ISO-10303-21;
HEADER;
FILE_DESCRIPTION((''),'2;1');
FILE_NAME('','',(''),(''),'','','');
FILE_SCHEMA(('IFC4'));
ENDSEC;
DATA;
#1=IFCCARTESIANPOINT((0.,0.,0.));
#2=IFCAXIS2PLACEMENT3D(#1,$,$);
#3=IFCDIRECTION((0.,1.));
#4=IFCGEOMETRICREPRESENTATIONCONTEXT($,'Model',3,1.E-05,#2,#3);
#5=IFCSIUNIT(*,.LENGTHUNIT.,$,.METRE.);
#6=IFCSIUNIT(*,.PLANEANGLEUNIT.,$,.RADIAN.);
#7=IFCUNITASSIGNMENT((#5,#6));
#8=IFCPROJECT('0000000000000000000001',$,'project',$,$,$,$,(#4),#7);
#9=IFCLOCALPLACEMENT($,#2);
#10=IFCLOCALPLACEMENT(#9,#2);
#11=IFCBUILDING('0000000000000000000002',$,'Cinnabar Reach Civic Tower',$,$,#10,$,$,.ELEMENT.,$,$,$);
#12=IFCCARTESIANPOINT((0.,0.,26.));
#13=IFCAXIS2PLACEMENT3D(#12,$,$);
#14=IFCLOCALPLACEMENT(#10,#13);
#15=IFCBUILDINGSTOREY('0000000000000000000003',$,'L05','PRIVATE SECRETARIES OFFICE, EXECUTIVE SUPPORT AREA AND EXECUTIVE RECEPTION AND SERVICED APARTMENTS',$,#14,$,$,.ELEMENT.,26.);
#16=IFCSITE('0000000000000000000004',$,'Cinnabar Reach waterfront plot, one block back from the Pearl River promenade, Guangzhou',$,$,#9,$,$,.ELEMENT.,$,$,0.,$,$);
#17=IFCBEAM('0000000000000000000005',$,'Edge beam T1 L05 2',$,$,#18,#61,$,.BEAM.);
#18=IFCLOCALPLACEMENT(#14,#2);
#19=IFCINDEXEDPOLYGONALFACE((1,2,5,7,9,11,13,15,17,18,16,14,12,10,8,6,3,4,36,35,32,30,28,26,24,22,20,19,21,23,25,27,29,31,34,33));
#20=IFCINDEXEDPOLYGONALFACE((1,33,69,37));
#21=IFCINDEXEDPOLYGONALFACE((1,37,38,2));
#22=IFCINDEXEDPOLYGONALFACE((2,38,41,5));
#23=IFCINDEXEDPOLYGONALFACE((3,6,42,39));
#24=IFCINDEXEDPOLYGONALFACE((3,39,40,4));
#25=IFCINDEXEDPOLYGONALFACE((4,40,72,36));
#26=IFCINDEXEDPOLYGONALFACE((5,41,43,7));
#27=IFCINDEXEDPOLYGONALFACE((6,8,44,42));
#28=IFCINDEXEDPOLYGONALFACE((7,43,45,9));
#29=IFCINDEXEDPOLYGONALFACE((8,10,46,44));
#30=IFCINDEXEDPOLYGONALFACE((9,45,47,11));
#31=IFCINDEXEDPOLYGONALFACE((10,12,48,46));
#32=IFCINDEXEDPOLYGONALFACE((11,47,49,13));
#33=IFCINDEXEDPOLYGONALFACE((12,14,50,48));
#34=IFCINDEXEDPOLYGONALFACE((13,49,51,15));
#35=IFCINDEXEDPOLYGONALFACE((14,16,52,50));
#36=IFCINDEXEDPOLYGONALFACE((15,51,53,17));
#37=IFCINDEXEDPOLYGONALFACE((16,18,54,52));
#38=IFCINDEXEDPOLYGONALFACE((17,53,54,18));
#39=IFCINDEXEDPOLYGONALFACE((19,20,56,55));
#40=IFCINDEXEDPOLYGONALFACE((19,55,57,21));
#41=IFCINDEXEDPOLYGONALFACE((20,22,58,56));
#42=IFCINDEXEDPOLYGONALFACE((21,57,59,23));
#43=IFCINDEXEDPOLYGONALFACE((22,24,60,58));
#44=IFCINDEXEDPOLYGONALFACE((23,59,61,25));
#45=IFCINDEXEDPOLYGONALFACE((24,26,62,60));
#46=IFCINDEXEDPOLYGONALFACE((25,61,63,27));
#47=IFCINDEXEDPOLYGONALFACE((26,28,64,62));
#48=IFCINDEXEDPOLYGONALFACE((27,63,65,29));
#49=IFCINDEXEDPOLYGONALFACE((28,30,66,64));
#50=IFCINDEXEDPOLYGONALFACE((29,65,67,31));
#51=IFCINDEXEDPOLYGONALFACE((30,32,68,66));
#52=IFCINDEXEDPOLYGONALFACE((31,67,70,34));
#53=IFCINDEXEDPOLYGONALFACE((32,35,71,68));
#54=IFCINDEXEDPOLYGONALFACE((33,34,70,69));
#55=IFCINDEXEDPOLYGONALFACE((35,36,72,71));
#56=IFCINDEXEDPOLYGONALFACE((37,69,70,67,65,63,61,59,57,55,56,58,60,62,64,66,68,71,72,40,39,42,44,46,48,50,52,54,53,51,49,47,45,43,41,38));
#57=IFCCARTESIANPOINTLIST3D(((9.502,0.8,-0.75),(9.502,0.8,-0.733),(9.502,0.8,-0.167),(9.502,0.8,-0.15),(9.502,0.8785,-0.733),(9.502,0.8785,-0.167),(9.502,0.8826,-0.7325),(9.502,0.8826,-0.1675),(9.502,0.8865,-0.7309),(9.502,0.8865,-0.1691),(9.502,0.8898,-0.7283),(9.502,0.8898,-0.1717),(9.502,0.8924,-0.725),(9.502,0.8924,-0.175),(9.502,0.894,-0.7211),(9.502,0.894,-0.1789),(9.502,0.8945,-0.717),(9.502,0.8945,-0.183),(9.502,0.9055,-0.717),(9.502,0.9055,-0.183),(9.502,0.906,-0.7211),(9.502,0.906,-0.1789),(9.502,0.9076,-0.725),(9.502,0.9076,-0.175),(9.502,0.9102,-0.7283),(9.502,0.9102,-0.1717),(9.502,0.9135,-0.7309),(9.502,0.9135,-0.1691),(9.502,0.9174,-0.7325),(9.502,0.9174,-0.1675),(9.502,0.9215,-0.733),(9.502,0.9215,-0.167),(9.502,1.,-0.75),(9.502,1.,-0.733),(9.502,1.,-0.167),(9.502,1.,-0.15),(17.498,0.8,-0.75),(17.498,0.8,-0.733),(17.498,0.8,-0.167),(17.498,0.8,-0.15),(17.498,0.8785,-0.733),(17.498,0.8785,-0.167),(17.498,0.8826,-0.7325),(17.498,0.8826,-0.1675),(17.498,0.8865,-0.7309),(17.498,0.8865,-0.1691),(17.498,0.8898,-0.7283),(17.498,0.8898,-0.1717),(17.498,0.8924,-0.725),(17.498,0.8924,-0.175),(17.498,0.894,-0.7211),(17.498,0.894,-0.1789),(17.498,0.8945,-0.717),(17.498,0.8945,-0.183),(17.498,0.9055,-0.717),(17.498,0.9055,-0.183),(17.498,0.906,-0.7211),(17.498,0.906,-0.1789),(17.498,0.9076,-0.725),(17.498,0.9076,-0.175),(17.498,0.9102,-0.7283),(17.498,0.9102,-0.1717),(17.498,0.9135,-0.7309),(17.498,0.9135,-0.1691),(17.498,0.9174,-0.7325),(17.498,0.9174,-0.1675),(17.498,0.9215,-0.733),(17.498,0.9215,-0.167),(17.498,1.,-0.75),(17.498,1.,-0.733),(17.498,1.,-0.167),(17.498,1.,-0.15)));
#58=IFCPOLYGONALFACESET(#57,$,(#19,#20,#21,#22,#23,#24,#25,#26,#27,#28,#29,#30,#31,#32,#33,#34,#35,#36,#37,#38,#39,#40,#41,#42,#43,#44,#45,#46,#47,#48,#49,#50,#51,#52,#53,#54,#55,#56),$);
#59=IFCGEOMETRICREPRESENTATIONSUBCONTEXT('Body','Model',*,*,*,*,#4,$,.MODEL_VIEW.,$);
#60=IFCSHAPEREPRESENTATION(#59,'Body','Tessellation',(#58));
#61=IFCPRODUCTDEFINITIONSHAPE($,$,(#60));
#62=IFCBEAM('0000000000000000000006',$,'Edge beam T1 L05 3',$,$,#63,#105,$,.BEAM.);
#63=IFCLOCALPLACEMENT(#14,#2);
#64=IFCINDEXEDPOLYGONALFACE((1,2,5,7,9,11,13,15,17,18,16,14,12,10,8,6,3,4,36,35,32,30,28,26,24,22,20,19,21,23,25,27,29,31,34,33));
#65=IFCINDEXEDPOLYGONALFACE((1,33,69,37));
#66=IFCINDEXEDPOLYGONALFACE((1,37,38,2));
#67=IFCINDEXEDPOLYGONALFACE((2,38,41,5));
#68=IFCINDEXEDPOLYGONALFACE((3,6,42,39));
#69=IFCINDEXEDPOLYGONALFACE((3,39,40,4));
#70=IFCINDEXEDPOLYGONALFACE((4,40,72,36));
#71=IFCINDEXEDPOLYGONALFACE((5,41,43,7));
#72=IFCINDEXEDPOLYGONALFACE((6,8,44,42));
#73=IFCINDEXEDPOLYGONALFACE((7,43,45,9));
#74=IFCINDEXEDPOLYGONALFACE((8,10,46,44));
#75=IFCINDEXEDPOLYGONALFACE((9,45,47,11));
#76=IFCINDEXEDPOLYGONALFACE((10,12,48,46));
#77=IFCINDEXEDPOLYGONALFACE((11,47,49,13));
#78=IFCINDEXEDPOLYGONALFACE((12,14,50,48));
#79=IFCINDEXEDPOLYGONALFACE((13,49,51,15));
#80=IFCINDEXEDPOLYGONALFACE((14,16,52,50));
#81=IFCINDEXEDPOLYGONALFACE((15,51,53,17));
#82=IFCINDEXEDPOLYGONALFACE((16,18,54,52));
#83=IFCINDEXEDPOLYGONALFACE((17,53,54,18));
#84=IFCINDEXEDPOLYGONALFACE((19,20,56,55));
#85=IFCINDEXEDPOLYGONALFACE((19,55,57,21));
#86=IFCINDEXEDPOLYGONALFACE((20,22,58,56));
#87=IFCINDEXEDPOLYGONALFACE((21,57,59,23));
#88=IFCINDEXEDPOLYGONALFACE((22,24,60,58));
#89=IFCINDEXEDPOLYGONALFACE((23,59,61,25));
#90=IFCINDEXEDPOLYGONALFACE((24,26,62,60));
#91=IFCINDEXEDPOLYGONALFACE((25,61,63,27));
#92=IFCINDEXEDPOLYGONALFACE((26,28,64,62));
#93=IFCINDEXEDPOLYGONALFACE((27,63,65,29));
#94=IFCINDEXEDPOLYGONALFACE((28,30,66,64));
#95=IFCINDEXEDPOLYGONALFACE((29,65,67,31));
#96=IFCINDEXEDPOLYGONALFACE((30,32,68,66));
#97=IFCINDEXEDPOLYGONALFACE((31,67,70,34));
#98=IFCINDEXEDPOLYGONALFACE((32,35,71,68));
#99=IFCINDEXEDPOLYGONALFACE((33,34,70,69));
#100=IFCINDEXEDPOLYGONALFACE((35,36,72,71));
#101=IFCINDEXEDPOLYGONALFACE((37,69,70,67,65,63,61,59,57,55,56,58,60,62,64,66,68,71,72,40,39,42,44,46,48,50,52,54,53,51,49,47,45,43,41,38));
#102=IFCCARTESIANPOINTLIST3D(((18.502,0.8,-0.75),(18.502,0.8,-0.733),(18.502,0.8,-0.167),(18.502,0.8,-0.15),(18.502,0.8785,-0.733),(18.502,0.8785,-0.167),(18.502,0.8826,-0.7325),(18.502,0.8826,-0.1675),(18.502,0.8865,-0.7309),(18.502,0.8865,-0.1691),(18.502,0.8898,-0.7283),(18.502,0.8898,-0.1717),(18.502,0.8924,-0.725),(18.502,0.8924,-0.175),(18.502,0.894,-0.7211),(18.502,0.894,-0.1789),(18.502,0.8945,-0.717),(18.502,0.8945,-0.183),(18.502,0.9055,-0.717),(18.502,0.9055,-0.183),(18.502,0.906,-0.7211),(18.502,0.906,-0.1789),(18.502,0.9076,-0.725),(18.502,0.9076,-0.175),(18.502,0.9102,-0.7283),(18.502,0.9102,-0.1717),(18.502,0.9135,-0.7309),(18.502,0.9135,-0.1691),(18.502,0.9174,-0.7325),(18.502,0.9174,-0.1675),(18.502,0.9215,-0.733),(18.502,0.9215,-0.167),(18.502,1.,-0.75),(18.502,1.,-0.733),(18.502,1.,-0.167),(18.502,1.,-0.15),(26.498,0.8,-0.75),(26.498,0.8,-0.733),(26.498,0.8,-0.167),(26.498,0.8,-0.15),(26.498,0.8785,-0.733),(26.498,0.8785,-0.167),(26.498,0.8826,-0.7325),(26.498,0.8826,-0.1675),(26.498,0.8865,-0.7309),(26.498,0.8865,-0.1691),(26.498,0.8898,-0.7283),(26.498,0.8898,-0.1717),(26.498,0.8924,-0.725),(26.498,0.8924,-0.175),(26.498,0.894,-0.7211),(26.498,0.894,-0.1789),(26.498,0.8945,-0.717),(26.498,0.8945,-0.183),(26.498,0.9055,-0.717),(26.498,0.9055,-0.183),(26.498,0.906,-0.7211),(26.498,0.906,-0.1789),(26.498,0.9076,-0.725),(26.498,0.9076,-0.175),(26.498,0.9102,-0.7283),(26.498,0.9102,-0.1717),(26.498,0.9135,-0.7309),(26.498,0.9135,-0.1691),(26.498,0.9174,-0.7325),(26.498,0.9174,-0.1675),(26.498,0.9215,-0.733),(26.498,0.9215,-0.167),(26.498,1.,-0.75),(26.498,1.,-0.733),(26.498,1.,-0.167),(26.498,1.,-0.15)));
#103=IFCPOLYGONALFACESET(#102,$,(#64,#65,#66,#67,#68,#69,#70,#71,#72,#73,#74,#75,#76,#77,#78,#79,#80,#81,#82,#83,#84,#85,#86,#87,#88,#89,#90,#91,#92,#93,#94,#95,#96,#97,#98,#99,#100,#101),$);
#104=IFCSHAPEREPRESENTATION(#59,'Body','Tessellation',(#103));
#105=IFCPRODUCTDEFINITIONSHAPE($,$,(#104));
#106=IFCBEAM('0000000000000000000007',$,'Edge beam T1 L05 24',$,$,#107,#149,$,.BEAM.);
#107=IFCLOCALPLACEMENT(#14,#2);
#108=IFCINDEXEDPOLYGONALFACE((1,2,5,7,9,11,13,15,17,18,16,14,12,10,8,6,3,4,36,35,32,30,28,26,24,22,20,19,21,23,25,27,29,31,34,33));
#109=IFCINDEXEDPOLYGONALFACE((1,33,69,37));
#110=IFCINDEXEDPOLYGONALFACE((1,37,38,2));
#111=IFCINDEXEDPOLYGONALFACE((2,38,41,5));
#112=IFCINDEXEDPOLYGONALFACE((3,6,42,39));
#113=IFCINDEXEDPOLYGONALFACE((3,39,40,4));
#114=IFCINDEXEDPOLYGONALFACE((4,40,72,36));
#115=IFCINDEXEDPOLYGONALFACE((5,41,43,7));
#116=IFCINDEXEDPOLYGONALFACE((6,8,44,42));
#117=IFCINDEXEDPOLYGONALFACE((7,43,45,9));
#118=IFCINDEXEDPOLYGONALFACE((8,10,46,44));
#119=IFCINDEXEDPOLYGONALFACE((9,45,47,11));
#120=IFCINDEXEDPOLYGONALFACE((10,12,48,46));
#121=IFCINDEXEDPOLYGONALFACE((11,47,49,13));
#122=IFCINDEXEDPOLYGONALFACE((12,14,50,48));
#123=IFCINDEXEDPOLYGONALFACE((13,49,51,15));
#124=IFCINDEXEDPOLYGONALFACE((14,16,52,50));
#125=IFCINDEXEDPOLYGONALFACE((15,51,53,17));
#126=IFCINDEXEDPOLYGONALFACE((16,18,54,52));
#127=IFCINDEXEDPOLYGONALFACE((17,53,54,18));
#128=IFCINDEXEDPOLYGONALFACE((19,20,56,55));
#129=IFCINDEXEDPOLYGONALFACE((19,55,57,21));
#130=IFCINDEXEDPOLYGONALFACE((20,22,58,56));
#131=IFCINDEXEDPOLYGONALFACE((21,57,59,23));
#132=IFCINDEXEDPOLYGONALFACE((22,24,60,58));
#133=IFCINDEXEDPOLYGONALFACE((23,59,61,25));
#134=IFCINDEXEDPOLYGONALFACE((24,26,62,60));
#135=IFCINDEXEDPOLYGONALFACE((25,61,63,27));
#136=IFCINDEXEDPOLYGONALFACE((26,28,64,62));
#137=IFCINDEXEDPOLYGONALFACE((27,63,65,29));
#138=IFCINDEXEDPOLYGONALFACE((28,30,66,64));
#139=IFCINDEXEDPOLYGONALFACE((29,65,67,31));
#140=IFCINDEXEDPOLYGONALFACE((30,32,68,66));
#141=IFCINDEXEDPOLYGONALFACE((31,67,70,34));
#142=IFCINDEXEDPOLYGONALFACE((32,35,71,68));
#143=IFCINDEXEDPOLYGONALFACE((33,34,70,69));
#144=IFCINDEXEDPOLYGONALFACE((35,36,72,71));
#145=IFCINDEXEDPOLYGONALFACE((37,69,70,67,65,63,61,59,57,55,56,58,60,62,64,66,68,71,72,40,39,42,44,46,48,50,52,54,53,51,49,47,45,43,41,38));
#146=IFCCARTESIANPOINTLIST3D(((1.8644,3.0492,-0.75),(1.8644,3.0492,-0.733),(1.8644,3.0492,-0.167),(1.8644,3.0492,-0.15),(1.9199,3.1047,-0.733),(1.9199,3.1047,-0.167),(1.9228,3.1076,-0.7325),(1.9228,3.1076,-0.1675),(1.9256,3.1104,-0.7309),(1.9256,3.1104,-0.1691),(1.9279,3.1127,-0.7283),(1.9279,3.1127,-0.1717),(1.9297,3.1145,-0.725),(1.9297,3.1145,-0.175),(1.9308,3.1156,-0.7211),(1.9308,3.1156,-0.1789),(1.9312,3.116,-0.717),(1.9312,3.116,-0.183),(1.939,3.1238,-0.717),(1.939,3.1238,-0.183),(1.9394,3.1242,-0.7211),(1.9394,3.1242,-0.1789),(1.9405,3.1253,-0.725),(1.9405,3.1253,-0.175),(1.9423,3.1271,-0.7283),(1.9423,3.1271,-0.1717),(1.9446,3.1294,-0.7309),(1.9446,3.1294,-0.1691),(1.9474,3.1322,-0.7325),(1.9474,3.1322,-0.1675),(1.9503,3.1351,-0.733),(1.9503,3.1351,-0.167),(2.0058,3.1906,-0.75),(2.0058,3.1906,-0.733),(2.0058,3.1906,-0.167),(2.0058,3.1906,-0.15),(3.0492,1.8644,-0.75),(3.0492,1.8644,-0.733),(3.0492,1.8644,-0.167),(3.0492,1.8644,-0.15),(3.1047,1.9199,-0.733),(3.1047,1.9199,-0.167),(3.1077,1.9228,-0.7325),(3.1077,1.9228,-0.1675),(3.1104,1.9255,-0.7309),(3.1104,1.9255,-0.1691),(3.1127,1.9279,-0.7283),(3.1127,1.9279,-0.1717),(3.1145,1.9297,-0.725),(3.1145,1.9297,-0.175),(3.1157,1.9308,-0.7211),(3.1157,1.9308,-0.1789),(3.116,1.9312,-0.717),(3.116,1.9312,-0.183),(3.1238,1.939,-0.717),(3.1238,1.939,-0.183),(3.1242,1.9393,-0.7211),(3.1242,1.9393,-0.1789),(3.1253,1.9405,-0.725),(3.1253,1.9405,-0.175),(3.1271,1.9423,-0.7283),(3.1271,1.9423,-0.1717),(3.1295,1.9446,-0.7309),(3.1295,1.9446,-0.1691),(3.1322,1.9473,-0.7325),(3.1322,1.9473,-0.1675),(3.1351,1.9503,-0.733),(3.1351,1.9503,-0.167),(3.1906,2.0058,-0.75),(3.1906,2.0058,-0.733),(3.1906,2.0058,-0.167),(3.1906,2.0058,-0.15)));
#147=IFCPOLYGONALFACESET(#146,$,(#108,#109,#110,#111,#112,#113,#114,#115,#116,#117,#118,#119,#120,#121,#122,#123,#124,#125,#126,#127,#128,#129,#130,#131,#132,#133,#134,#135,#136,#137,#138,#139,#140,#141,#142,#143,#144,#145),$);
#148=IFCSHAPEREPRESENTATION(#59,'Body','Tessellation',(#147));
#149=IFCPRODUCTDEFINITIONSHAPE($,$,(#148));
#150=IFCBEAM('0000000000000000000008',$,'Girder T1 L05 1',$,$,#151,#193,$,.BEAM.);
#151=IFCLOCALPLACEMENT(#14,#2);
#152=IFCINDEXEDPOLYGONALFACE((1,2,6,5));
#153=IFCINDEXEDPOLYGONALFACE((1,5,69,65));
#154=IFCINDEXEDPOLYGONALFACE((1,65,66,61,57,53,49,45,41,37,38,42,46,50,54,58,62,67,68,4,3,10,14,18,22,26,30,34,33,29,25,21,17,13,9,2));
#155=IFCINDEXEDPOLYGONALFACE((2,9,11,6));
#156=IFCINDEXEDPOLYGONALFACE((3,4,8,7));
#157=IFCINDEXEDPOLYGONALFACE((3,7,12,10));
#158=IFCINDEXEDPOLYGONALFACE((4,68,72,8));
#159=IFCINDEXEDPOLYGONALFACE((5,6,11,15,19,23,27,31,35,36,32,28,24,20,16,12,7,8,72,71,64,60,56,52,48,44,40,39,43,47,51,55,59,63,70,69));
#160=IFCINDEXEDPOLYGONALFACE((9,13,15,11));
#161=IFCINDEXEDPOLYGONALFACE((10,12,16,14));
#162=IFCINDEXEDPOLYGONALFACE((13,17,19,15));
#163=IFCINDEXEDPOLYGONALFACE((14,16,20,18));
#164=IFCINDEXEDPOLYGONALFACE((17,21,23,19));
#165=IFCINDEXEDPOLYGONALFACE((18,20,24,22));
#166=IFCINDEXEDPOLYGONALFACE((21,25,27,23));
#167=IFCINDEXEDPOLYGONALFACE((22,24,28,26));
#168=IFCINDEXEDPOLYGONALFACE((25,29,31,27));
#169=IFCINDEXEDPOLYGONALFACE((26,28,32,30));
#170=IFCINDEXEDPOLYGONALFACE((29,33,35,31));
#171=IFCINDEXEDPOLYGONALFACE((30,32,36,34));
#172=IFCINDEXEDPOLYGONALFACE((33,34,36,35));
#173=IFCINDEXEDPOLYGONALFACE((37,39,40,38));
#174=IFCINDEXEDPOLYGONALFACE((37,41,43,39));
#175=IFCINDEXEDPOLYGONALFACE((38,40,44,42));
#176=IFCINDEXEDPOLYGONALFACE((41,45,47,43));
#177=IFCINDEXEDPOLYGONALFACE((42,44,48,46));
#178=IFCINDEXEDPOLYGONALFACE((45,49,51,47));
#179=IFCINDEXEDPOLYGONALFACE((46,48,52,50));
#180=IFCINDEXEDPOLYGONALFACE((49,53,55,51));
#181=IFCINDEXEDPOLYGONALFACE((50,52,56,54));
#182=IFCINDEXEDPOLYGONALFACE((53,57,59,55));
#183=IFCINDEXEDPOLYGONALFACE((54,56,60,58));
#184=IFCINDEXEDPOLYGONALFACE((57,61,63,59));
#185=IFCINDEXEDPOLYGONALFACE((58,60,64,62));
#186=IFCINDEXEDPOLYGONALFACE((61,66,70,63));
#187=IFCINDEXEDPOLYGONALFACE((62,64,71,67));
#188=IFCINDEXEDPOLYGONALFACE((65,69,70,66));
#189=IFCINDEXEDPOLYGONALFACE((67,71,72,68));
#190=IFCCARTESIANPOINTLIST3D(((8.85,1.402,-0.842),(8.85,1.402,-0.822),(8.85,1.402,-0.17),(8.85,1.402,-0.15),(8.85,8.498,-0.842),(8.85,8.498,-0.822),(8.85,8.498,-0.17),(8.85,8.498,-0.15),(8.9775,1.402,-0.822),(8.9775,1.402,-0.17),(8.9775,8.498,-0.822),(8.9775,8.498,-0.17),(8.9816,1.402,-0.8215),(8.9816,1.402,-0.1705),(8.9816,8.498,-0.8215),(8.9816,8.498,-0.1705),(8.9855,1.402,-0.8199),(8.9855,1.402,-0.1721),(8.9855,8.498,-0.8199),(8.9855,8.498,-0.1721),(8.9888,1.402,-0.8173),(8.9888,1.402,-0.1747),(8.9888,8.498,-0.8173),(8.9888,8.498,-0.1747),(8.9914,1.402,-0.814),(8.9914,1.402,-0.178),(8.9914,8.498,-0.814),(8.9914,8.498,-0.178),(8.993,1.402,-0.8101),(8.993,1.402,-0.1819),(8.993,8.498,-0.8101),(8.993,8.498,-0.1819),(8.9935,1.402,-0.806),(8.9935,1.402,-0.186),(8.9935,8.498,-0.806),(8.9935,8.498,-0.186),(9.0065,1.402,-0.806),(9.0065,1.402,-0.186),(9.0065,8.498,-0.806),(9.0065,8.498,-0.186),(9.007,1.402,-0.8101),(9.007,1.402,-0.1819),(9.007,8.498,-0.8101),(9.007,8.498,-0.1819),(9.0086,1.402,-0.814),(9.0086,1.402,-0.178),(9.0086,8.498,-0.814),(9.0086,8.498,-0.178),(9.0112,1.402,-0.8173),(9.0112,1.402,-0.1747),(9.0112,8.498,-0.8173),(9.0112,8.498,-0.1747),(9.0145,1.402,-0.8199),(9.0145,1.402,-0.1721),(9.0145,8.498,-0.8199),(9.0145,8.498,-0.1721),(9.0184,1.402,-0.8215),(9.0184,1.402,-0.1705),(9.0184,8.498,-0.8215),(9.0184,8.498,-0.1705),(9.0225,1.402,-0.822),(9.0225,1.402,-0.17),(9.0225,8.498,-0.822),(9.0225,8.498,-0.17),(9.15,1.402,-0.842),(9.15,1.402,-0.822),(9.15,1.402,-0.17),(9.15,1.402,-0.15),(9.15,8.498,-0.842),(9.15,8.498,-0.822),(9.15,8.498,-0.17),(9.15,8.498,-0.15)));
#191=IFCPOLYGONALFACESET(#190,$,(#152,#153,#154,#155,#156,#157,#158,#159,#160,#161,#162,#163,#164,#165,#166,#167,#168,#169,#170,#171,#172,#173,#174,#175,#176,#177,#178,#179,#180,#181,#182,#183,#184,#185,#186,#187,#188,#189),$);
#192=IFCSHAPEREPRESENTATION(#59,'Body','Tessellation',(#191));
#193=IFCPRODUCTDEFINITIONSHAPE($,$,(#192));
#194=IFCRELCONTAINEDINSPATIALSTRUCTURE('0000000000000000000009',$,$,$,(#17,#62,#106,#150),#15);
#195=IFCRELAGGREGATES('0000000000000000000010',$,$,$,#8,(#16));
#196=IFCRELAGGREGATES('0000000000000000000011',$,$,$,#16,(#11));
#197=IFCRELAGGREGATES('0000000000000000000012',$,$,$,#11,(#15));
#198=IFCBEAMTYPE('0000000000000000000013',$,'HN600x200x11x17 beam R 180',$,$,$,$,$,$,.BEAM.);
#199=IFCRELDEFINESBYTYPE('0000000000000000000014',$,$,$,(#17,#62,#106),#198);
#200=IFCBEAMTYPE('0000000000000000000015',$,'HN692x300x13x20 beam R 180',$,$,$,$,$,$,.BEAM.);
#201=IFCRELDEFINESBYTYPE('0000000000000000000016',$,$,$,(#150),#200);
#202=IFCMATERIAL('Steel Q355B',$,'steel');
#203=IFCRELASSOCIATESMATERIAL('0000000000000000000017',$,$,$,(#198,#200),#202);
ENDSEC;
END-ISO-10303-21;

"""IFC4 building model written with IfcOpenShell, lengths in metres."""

from ifc_helpers import new_model, si_unit, direction, frame, origin, origin_2d, place, context, subcontext, project, spatial, i_section, extrude, material, material_profile, profile_set, type_object, element, save


model = new_model("IFC4")

# Units and contexts
model_context = context("Model", 3, precision=1e-05, world=origin(), true_north=direction((0.0, 1.0)))
body_context = subcontext(model_context, "Body", "Model", "MODEL_VIEW")
ifc_project = project(units=[si_unit("LENGTHUNIT", "METRE"), si_unit("PLANEANGLEUNIT", "RADIAN")], contexts=[model_context])

# Site, building, storey
site_placement = place(None, origin())
site = spatial("IfcSite", under=ifc_project, at=site_placement, Name="Cinnabar Reach waterfront plot, one block back from the Pearl River promenade, Guangzhou", CompositionType="ELEMENT", RefElevation=0.0)
building_placement = place(site_placement, origin())
building = spatial("IfcBuilding", under=site, at=building_placement, Name="Cinnabar Reach Civic Tower", CompositionType="ELEMENT")
storey_placement = place(building_placement, frame((0.0, 0.0, 26.0)))
storey = spatial("IfcBuildingStorey", under=building, at=storey_placement, Name="L05", Description="PRIVATE SECRETARIES OFFICE, EXECUTIVE SUPPORT AREA AND EXECUTIVE RECEPTION AND SERVICED APARTMENTS", CompositionType="ELEMENT", Elevation=26.0)

# Beams
ifc_material_1 = material(Name="Steel Q355B", Category="steel")
ifc_material_profile_1 = material_profile(ifc_material_1, i_section(OverallWidth=0.2, OverallDepth=0.6, WebThickness=0.011, FlangeThickness=0.017, FilletRadius=0.016, at=origin_2d()), Name="HN600x200x11x17")
ifc_profile_set_1 = profile_set([ifc_material_profile_1], Name="Steel Q355B")
beam_type_1 = type_object("IfcBeamType", Name="HN600x200x11x17 beam R 180", PredefinedType="BEAM", material=ifc_profile_set_1)
for number, where, z_axis, x_axis, name in (
    (1, (9.502, 0.9, -0.45), (1.0, 0.0, 0.0), (0.0, 1.0, 0.0), "Edge beam T1 L05 2"),
    (2, (18.502, 0.9, -0.45), (1.0, 0.0, 0.0), (0.0, 1.0, 0.0), "Edge beam T1 L05 3"),
):
    element("IfcBeam", number, at=place(storey_placement, frame(where, z_axis=z_axis, x_axis=x_axis)), inside=storey, type_object=beam_type_1, Name=name, PredefinedType="BEAM", context=body_context, shape_type="SweptSolid", body=[
        extrude(i_section(OverallWidth=0.2, OverallDepth=0.6, WebThickness=0.011, FlangeThickness=0.017, FilletRadius=0.016, at=origin_2d()), origin(), (0.0, 0.0, 1.0), 7.996),
    ])
beam_1_placement = place(storey_placement, frame((1.9351, 3.1199, -0.45), z_axis=(0.707107, -0.707107, 0.0), x_axis=(0.707107, 0.707107, 0.0)))
element("IfcBeam", 3, at=beam_1_placement, inside=storey, type_object=beam_type_1, Name="Edge beam T1 L05 24", PredefinedType="BEAM", context=body_context, shape_type="SweptSolid", body=[
    extrude(i_section(OverallWidth=0.2, OverallDepth=0.6, WebThickness=0.011, FlangeThickness=0.017, FilletRadius=0.016, at=origin_2d()), origin(), (0.0, 0.0, 1.0), 1.6756),
])
ifc_material_profile_2 = material_profile(ifc_material_1, i_section(OverallWidth=0.3, OverallDepth=0.692, WebThickness=0.013, FlangeThickness=0.02, FilletRadius=0.016, at=origin_2d()), Name="HN692x300x13x20")
ifc_profile_set_2 = profile_set([ifc_material_profile_2], Name="Steel Q355B")
beam_type_2 = type_object("IfcBeamType", Name="HN692x300x13x20 beam R 180", PredefinedType="BEAM", material=ifc_profile_set_2)
for number, where, z_axis, x_axis, name in (
    (4, (9.0, 1.402, -0.496), (0.0, 1.0, 0.0), (-1.0, 0.0, 0.0), "Girder T1 L05 1"),
):
    element("IfcBeam", number, at=place(storey_placement, frame(where, z_axis=z_axis, x_axis=x_axis)), inside=storey, type_object=beam_type_2, Name=name, PredefinedType="BEAM", context=body_context, shape_type="SweptSolid", body=[
        extrude(i_section(OverallWidth=0.3, OverallDepth=0.692, WebThickness=0.013, FlangeThickness=0.02, FilletRadius=0.016, at=origin_2d()), origin(), (0.0, 0.0, 1.0), 7.096),
    ])

save(model, "model.ifc")
